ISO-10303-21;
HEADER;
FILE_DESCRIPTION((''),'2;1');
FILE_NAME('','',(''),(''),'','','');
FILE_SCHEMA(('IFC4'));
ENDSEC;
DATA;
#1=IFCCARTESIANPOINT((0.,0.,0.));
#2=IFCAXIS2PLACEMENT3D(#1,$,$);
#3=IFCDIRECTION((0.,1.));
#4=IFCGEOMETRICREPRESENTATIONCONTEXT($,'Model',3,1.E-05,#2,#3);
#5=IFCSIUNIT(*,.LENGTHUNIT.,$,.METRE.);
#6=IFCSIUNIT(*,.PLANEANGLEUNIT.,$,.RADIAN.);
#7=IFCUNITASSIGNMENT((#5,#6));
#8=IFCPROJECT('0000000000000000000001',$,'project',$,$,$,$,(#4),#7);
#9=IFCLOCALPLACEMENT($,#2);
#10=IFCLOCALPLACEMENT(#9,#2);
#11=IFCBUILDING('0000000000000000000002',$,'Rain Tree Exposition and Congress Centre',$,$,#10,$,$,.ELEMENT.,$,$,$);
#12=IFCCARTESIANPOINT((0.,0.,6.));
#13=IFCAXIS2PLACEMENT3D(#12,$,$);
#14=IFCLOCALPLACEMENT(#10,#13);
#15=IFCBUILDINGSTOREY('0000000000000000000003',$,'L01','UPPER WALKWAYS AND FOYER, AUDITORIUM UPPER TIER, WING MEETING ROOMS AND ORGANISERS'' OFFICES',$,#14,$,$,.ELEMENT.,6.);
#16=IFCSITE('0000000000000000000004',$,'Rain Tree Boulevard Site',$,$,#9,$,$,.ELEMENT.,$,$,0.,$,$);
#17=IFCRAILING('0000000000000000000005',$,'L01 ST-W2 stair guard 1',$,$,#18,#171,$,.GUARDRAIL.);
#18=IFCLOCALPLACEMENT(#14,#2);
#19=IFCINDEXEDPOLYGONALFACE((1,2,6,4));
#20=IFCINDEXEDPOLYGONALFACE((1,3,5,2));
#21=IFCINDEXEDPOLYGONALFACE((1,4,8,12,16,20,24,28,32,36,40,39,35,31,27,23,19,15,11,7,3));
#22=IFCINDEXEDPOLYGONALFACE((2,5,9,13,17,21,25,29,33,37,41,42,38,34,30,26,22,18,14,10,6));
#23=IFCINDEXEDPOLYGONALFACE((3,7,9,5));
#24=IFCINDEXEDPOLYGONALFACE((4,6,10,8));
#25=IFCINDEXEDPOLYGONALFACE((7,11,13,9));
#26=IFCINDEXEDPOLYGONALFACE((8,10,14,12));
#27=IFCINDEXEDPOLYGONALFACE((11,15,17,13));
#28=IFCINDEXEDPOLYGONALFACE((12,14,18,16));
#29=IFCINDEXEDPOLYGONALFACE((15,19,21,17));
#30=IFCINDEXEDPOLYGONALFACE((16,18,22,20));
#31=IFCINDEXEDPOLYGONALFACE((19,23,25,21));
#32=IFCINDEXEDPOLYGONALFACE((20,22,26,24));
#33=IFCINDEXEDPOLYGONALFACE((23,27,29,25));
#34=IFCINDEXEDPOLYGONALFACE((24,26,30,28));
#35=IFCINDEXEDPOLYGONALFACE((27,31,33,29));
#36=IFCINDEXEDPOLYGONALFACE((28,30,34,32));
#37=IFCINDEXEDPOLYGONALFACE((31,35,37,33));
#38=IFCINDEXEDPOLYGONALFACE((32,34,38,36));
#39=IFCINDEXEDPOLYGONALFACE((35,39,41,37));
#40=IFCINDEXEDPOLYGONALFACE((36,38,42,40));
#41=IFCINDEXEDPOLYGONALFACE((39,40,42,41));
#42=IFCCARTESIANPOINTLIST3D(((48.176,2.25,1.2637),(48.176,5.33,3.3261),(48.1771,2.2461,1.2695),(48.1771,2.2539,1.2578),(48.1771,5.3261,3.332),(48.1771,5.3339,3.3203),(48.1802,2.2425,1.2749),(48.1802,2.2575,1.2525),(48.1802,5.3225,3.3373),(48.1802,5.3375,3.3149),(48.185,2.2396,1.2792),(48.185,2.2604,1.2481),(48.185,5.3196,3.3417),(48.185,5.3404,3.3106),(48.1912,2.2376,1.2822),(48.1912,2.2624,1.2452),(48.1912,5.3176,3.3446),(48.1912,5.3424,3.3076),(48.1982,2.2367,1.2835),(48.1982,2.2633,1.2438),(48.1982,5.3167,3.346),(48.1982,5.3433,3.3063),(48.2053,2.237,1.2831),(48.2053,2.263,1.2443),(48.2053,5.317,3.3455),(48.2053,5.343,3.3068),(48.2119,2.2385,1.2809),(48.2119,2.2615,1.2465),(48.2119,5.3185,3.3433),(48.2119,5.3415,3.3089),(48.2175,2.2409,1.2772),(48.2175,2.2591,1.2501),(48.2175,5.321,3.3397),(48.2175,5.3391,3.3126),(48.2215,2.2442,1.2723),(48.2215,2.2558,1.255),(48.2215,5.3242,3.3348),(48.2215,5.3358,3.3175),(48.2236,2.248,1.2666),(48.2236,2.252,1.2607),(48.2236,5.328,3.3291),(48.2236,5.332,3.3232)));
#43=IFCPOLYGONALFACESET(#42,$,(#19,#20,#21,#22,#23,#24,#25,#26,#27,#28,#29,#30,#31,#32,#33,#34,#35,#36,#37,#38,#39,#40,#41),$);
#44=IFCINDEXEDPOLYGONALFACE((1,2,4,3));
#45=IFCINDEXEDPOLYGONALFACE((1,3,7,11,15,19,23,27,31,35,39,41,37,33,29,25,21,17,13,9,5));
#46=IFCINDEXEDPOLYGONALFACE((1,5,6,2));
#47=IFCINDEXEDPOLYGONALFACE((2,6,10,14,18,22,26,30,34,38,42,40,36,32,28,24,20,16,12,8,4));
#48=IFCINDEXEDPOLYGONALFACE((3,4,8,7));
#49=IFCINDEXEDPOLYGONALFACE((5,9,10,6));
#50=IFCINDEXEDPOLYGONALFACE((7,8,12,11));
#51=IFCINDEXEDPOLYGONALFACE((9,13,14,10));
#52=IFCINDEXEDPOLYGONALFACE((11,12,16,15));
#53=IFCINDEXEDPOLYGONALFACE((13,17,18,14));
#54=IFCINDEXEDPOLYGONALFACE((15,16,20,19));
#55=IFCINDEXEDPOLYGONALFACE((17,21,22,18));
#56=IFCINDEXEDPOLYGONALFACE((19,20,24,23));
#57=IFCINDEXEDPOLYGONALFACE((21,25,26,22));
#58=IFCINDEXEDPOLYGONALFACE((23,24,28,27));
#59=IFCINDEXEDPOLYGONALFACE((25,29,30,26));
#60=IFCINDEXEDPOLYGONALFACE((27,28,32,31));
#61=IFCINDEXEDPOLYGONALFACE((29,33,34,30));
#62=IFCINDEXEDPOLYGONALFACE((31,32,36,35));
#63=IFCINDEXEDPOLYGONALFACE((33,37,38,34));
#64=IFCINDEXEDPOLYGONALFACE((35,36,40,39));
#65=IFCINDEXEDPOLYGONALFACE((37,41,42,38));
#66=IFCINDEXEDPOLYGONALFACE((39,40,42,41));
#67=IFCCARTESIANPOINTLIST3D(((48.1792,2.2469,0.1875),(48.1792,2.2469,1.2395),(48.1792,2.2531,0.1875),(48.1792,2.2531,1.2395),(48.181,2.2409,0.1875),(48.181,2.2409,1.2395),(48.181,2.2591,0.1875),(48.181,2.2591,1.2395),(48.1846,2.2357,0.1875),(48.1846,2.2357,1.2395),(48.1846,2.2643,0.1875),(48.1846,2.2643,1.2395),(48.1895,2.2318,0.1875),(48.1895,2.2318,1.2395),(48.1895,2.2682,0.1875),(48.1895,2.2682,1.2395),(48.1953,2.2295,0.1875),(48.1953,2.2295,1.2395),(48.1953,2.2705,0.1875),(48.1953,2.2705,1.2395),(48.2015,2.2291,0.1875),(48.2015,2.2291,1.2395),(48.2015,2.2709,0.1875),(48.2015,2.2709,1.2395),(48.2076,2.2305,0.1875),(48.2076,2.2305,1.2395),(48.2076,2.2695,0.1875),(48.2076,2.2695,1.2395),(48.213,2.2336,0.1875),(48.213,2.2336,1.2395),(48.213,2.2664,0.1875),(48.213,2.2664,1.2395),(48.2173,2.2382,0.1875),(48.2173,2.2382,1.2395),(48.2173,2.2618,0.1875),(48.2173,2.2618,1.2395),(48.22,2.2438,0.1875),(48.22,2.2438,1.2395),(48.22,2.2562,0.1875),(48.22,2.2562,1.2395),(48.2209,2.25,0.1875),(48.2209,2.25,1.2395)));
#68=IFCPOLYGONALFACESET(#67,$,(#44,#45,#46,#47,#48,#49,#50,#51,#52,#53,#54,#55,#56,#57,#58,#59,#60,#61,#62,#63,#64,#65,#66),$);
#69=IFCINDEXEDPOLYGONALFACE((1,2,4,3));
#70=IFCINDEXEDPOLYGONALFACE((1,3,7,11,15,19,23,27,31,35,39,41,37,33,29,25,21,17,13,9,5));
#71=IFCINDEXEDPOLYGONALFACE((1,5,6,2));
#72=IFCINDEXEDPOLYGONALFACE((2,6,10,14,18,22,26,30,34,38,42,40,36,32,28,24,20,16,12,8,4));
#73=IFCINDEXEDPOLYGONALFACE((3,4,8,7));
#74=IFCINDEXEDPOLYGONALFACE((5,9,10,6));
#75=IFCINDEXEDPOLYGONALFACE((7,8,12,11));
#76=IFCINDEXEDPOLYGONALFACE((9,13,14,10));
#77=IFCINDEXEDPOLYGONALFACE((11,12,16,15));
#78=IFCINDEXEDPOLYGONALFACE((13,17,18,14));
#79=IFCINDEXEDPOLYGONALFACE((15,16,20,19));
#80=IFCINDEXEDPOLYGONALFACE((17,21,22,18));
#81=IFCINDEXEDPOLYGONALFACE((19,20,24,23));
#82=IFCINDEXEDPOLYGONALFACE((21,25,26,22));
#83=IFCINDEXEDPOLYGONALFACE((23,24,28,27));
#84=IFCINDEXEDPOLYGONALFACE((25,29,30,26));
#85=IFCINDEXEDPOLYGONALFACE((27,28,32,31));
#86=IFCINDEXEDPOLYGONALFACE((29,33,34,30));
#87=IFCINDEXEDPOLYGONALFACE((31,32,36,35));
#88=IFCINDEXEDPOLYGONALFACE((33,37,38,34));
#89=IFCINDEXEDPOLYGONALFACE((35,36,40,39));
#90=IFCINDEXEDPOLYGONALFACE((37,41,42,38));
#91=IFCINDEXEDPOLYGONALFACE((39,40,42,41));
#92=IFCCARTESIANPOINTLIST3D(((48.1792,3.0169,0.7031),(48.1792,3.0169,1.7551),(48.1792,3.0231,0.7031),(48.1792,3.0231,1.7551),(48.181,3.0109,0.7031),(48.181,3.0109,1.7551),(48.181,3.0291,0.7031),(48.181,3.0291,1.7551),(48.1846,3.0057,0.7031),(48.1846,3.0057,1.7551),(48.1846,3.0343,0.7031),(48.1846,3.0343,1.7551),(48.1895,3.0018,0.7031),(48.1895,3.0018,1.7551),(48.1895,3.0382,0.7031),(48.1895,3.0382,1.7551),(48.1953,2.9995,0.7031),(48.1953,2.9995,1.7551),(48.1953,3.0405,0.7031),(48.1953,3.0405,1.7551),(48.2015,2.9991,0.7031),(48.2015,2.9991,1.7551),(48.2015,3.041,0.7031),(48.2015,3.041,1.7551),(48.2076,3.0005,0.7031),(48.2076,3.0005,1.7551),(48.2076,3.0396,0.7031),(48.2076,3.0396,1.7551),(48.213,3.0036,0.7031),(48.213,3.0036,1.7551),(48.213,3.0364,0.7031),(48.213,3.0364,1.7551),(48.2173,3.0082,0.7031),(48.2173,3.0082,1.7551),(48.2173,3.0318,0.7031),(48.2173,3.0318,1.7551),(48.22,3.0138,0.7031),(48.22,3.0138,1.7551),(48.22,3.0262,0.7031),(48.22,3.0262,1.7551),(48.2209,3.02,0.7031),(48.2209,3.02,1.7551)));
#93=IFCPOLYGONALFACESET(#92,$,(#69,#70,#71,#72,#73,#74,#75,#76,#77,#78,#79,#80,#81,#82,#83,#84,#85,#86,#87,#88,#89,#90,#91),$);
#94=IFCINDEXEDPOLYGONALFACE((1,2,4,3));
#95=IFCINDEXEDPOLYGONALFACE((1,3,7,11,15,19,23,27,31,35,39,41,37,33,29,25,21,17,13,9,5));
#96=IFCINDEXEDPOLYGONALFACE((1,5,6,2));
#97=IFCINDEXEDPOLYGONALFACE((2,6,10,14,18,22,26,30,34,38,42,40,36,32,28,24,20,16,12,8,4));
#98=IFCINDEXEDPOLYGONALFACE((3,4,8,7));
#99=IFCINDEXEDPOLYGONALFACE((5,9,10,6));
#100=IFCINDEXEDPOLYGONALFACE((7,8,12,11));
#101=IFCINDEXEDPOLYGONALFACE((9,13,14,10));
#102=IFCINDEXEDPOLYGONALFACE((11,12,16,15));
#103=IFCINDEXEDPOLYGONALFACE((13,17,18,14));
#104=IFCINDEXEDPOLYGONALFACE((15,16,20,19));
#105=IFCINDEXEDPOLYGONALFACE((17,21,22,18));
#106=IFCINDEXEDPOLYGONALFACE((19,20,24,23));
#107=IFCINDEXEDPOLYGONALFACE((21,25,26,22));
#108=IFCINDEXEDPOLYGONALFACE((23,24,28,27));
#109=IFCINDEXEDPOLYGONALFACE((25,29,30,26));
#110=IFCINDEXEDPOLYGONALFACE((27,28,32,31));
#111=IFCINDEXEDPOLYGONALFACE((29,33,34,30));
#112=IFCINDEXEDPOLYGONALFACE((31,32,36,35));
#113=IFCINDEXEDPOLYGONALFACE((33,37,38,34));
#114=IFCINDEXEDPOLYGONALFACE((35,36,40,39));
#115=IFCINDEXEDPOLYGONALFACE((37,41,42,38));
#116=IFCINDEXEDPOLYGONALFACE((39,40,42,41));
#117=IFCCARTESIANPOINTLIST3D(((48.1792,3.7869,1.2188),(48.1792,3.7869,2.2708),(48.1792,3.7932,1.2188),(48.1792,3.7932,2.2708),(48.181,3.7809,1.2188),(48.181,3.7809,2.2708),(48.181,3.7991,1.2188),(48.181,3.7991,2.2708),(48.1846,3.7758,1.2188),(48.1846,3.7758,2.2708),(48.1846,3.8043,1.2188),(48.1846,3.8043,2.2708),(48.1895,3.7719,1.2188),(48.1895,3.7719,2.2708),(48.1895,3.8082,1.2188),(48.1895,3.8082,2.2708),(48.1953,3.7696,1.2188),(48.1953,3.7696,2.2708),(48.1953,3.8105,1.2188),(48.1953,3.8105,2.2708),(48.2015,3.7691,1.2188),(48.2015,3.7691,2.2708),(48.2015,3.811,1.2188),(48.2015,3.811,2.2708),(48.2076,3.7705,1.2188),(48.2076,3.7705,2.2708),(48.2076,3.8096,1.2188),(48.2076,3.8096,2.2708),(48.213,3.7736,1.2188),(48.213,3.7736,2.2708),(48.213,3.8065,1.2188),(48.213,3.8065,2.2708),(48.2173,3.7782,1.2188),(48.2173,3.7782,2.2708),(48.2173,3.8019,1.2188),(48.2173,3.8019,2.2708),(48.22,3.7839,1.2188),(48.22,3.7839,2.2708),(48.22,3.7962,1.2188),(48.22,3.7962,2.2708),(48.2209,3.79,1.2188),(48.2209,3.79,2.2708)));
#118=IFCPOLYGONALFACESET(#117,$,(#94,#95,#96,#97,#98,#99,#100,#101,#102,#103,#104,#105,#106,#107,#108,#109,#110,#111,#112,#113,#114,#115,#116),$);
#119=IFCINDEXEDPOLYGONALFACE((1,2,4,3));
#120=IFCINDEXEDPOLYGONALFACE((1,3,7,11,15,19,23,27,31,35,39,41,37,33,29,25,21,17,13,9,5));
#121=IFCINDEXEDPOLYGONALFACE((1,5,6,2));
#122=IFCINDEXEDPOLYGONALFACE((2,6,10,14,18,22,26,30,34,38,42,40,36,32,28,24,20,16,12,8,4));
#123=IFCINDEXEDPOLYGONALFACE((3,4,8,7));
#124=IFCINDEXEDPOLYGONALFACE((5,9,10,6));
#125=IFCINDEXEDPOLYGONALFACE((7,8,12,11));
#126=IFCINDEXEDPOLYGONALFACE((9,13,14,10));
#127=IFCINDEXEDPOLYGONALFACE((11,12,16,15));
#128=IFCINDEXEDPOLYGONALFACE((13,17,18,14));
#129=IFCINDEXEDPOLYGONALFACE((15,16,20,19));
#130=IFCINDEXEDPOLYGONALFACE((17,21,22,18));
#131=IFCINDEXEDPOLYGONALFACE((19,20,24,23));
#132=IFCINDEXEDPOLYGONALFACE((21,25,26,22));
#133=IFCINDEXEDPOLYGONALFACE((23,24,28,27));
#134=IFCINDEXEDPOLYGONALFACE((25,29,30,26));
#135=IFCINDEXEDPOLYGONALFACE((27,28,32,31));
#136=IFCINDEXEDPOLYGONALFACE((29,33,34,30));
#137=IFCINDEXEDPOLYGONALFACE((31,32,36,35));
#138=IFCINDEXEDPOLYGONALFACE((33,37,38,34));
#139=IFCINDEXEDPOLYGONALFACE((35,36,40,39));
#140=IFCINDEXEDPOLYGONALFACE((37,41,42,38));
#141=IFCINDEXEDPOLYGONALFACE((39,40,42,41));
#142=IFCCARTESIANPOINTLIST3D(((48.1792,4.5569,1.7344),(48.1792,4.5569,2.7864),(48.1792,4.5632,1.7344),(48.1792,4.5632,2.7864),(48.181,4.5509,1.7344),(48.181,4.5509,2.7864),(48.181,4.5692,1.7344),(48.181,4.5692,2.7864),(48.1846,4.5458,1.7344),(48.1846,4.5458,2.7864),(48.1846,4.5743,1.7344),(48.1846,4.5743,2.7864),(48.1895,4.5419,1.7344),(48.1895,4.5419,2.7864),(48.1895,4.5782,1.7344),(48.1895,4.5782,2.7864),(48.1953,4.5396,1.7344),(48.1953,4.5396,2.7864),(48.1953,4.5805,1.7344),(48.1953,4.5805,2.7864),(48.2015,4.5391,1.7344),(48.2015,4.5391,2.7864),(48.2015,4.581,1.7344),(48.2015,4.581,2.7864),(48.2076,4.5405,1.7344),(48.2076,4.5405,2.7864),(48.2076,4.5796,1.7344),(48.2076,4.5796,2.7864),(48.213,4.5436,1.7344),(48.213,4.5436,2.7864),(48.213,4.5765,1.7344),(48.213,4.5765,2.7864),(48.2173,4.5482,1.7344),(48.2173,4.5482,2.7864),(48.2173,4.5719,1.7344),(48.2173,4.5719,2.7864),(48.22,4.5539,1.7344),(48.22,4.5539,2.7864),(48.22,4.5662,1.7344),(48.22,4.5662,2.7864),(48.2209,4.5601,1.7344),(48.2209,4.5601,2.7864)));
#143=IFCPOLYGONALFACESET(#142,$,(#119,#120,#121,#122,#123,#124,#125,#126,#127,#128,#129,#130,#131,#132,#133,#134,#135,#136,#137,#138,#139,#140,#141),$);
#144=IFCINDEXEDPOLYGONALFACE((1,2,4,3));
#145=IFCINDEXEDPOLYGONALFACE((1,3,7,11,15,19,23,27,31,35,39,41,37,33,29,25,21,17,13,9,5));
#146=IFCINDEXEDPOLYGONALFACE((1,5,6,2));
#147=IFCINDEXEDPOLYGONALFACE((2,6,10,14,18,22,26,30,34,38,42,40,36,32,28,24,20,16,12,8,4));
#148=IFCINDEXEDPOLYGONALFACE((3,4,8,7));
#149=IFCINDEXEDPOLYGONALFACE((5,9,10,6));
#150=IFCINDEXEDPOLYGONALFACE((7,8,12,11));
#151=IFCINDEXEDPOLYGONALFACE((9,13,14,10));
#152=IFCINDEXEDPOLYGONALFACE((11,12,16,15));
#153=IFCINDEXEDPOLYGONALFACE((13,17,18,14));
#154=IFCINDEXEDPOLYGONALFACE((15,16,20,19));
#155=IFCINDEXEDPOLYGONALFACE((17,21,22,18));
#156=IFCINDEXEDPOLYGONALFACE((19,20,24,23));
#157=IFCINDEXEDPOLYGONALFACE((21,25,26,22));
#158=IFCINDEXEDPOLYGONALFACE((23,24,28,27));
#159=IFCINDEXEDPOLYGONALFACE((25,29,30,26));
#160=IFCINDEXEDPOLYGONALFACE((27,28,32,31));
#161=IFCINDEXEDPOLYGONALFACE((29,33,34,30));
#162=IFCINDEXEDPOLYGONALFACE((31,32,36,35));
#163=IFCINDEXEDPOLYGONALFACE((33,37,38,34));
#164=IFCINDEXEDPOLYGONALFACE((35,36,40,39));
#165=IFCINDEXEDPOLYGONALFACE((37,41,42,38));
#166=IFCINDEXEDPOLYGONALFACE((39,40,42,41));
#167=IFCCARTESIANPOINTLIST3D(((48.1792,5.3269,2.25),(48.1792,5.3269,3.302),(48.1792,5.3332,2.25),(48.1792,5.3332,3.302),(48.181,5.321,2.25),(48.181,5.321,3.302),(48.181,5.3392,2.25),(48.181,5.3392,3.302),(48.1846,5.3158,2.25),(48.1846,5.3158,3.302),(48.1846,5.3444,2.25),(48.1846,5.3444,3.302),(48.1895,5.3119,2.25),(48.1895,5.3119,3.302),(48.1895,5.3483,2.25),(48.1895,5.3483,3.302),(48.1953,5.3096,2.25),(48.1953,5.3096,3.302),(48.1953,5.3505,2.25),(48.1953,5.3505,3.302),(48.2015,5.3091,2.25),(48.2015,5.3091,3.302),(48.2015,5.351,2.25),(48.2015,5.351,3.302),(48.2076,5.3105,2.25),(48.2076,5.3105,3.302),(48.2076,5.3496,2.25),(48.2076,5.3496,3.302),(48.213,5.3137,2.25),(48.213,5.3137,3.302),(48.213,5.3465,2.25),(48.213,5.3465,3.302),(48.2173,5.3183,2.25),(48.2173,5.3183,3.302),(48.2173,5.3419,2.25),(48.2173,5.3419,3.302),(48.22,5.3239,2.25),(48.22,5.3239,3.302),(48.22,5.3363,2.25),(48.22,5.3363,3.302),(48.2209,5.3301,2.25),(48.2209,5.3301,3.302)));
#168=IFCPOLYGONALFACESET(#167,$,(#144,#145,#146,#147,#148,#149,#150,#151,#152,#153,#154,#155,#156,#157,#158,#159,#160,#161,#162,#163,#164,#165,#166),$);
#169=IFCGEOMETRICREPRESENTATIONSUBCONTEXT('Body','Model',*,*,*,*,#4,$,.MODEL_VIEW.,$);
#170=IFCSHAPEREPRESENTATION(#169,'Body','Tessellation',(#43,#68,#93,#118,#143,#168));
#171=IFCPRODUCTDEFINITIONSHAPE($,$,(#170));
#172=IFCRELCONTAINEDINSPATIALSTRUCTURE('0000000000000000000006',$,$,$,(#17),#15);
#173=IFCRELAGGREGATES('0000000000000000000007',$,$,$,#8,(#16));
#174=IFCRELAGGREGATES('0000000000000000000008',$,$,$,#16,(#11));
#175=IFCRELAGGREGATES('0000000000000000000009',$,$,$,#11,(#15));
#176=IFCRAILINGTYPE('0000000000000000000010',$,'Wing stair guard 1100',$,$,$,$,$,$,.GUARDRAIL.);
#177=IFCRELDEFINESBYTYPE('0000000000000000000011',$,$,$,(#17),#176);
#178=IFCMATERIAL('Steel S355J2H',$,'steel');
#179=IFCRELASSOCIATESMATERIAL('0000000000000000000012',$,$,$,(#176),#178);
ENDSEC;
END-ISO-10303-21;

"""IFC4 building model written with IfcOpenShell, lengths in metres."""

from ifc_helpers import new_model, si_unit, direction, frame, origin, origin_2d, place, context, subcontext, project, spatial, circle, extrude, material, type_object, element, save


model = new_model("IFC4")

# Units and contexts
model_context = context("Model", 3, precision=1e-05, world=origin(), true_north=direction((0.0, 1.0)))
body_context = subcontext(model_context, "Body", "Model", "MODEL_VIEW")
ifc_project = project(units=[si_unit("LENGTHUNIT", "METRE"), si_unit("PLANEANGLEUNIT", "RADIAN")], contexts=[model_context])

# Site, building, storey
site_placement = place(None, origin())
site = spatial("IfcSite", under=ifc_project, at=site_placement, Name="Rain Tree Boulevard Site", CompositionType="ELEMENT", RefElevation=0.0)
building_placement = place(site_placement, origin())
building = spatial("IfcBuilding", under=site, at=building_placement, Name="Rain Tree Exposition and Congress Centre", CompositionType="ELEMENT")
storey_placement = place(building_placement, frame((0.0, 0.0, 6.0)))
storey = spatial("IfcBuildingStorey", under=building, at=storey_placement, Name="L01", Description="UPPER WALKWAYS AND FOYER, AUDITORIUM UPPER TIER, WING MEETING ROOMS AND ORGANISERS' OFFICES", CompositionType="ELEMENT", Elevation=6.0)

# Railing
ifc_material_1 = material(Name="Steel S355J2H", Category="steel")
railing_type_1 = type_object("IfcRailingType", Name="Wing stair guard 1100", PredefinedType="GUARDRAIL", material=ifc_material_1)
railing_1_placement = place(storey_placement, frame((48.2, 2.25, 0.1875)))
element("IfcRailing", 1, at=railing_1_placement, inside=storey, type_object=railing_type_1, Name="L01 ST-W2 stair guard 1", PredefinedType="GUARDRAIL", context=body_context, shape_type="SweptSolid", body=[
    extrude(circle(Radius=0.0239, at=origin_2d()), frame((0.0, 0.0, 1.0762), z_axis=(0.0, 0.830914, 0.556401), x_axis=(-1.0, 0.0, 0.0)), (0.0, 0.0, 1.0), 3.7068),
    extrude(circle(Radius=0.021, at=origin_2d()), origin(), (0.0, 0.0, 1.0), 1.052),
    extrude(circle(Radius=0.021, at=origin_2d()), frame((0.0, 0.77, 0.5156)), (0.0, 0.0, 1.0), 1.052),
    extrude(circle(Radius=0.021, at=origin_2d()), frame((0.0, 1.54, 1.0312)), (0.0, 0.0, 1.0), 1.052),
    extrude(circle(Radius=0.021, at=origin_2d()), frame((0.0, 2.3101, 1.5469)), (0.0, 0.0, 1.0), 1.052),
    extrude(circle(Radius=0.021, at=origin_2d()), frame((0.0, 3.0801, 2.0625)), (0.0, 0.0, 1.0), 1.052),
])

save(model, "model.ifc")
